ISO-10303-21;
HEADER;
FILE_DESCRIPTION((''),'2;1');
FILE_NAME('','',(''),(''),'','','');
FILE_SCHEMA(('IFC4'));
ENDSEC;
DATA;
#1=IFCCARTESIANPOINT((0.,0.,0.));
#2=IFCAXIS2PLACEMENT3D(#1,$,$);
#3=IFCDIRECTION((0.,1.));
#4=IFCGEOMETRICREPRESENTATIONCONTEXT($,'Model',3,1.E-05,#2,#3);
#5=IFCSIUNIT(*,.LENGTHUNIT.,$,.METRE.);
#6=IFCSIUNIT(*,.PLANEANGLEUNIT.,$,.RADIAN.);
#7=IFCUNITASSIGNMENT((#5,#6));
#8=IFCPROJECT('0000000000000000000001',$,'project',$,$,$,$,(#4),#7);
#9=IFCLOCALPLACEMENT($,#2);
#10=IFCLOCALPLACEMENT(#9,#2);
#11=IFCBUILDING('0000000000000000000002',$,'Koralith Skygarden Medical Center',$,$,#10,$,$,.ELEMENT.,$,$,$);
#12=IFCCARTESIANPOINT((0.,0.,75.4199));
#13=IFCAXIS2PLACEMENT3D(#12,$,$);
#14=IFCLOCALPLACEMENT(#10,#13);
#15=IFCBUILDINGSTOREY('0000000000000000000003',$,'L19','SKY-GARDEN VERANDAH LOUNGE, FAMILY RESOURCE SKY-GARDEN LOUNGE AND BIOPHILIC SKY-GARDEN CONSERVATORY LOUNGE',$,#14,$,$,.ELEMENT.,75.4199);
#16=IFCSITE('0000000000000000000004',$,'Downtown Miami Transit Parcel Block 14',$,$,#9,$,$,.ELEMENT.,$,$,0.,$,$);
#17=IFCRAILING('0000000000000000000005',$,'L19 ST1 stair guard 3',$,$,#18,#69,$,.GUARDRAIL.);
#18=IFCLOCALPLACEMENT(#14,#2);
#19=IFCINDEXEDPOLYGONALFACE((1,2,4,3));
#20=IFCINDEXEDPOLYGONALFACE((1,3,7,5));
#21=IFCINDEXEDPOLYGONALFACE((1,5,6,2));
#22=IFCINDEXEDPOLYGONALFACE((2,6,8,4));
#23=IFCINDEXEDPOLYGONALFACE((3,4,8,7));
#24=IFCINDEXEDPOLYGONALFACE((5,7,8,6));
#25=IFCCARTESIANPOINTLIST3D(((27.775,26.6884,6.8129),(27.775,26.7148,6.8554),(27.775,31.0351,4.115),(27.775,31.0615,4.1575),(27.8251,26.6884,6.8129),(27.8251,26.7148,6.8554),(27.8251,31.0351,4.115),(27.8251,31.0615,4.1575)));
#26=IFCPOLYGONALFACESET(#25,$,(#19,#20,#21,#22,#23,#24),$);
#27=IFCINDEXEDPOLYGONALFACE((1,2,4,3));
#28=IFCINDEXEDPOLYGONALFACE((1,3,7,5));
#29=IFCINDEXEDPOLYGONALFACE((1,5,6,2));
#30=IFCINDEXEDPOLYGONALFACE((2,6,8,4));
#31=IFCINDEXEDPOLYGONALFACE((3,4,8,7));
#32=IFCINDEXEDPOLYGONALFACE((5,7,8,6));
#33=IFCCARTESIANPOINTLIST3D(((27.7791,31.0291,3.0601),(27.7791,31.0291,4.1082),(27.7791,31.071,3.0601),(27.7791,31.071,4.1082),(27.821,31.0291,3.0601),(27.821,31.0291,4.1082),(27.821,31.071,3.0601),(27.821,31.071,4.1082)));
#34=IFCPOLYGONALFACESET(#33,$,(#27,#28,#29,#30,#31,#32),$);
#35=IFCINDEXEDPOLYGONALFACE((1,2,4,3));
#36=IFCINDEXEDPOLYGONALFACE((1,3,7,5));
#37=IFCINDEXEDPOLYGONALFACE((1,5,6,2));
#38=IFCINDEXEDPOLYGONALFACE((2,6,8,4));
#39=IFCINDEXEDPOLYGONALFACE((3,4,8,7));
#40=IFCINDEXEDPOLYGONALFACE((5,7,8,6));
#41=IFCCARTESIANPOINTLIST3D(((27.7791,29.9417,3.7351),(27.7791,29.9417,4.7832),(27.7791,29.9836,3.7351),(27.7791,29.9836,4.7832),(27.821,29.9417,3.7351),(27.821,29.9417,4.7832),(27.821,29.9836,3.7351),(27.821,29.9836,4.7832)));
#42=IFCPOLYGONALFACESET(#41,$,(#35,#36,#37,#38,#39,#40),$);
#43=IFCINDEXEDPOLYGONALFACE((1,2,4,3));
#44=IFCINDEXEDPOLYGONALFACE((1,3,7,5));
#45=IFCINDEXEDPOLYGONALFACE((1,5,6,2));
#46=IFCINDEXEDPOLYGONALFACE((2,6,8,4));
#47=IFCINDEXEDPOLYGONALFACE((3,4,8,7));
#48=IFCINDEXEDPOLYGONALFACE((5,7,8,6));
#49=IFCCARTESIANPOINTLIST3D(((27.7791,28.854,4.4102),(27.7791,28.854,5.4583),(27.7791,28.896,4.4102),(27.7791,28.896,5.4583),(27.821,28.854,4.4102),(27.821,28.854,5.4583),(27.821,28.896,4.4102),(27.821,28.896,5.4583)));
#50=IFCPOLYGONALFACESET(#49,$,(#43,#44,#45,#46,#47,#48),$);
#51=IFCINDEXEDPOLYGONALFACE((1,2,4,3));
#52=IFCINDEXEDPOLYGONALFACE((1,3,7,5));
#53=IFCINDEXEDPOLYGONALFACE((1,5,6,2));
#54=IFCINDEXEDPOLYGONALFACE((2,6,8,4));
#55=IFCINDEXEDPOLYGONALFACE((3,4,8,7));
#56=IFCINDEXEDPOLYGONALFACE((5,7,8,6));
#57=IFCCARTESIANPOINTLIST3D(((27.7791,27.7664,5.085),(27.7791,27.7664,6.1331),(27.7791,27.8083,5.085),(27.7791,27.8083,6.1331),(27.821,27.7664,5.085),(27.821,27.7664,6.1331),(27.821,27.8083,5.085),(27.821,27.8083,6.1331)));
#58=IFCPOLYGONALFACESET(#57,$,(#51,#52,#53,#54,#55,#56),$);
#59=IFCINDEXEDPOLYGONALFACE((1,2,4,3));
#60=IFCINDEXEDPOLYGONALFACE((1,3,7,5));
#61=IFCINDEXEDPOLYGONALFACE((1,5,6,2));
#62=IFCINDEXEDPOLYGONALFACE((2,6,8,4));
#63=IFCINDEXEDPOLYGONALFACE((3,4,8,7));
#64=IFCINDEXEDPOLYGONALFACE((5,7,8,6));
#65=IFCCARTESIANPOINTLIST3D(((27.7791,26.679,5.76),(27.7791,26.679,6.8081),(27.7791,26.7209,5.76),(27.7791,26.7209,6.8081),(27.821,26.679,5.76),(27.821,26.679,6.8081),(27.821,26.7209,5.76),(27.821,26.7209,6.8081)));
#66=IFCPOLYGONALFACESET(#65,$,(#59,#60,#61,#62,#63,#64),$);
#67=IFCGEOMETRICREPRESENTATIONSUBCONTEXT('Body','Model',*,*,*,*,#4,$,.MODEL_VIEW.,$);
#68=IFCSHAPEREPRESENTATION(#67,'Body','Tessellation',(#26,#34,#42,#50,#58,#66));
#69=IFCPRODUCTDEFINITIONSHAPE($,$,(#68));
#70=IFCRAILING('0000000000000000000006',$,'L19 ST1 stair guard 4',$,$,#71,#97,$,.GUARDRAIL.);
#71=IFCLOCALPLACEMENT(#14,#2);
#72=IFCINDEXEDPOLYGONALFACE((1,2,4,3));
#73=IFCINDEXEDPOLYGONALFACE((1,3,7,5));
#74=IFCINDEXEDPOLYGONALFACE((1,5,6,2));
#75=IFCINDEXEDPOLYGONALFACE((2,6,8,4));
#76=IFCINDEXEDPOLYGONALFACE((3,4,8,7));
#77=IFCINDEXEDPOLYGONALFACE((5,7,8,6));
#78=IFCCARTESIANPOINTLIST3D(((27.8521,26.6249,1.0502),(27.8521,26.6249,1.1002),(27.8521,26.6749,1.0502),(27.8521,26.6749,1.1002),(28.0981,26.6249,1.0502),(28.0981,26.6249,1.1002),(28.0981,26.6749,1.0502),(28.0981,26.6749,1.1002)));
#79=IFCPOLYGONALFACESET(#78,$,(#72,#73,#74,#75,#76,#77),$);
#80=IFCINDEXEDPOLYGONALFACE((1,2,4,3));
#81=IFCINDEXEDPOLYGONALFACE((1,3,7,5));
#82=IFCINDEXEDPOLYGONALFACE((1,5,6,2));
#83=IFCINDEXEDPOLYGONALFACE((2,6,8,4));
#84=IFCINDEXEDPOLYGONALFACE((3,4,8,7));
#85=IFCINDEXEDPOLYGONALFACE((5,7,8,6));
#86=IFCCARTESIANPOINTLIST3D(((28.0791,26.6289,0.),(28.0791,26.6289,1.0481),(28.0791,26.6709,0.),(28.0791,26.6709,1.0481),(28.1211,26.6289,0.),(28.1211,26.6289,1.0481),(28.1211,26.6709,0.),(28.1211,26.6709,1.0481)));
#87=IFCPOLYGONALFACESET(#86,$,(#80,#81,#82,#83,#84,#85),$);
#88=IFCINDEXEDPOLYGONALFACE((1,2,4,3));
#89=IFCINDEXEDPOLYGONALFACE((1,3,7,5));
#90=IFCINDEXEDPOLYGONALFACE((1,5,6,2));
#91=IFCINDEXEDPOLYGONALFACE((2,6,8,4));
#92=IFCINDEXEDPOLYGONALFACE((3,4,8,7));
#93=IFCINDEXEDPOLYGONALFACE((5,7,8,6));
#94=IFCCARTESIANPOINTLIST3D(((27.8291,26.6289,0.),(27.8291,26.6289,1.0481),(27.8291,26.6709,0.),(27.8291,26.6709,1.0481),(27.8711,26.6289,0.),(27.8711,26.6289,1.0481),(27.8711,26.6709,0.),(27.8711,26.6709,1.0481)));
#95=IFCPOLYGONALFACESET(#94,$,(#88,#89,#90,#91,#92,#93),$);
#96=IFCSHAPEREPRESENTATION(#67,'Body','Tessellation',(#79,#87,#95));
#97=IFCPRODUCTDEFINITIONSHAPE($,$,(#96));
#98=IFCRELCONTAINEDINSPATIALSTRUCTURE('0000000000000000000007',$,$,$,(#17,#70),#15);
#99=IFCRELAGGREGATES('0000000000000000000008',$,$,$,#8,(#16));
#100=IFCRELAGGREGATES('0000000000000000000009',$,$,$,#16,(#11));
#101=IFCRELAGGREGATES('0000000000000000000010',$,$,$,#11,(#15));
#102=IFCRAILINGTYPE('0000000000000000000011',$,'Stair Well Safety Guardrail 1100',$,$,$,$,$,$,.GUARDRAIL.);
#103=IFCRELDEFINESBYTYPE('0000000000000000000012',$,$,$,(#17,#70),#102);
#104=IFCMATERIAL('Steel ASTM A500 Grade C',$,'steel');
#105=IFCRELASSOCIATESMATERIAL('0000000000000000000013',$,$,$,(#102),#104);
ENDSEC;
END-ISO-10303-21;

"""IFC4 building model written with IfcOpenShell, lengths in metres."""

from ifc_helpers import new_model, si_unit, direction, frame, origin, origin_2d, place, context, subcontext, project, spatial, rectangle, extrude, material, type_object, element, save


model = new_model("IFC4")

# Units and contexts
model_context = context("Model", 3, precision=1e-05, world=origin(), true_north=direction((0.0, 1.0)))
body_context = subcontext(model_context, "Body", "Model", "MODEL_VIEW")
ifc_project = project(units=[si_unit("LENGTHUNIT", "METRE"), si_unit("PLANEANGLEUNIT", "RADIAN")], contexts=[model_context])

# Site, building, storey
site_placement = place(None, origin())
site = spatial("IfcSite", under=ifc_project, at=site_placement, Name="Downtown Miami Transit Parcel Block 14", CompositionType="ELEMENT", RefElevation=0.0)
building_placement = place(site_placement, origin())
building = spatial("IfcBuilding", under=site, at=building_placement, Name="Koralith Skygarden Medical Center", CompositionType="ELEMENT")
storey_placement = place(building_placement, frame((0.0, 0.0, 75.4199)))
storey = spatial("IfcBuildingStorey", under=building, at=storey_placement, Name="L19", Description="SKY-GARDEN VERANDAH LOUNGE, FAMILY RESOURCE SKY-GARDEN LOUNGE AND BIOPHILIC SKY-GARDEN CONSERVATORY LOUNGE", CompositionType="ELEMENT", Elevation=75.4199)

# Shared definitions
ifc_material_1 = material(Name="Steel ASTM A500 Grade C", Category="steel")

# Railings
railing_type_1 = type_object("IfcRailingType", Name="Stair Well Safety Guardrail 1100", PredefinedType="GUARDRAIL", material=ifc_material_1)
railing_1_placement = place(storey_placement, frame((27.8, 31.05, 3.0601)))
element("IfcRailing", 1, at=railing_1_placement, inside=storey, type_object=railing_type_1, Name="L19 ST1 stair guard 3", PredefinedType="GUARDRAIL", context=body_context, shape_type="SweptSolid", body=[
    extrude(rectangle(XDim=0.05, YDim=0.05, at=origin_2d()), frame((0.0, -0.0017, 1.0762), z_axis=(0.0, -0.84965, 0.527347), x_axis=(1.0, 0.0, 0.0)), (0.0, 0.0, 1.0), 5.116),
    extrude(rectangle(XDim=0.042, YDim=0.042, at=origin_2d()), origin(), (0.0, 0.0, 1.0), 1.0481),
    extrude(rectangle(XDim=0.042, YDim=0.042, at=origin_2d()), frame((0.0, -1.0874, 0.675)), (0.0, 0.0, 1.0), 1.0481),
    extrude(rectangle(XDim=0.042, YDim=0.042, at=origin_2d()), frame((0.0, -2.175, 1.3501)), (0.0, 0.0, 1.0), 1.0481),
    extrude(rectangle(XDim=0.042, YDim=0.042, at=origin_2d()), frame((0.0, -3.2627, 2.0249)), (0.0, 0.0, 1.0), 1.0481),
    extrude(rectangle(XDim=0.042, YDim=0.042, at=origin_2d()), frame((0.0, -4.3501, 2.7)), (0.0, 0.0, 1.0), 1.0481),
])
railing_2_placement = place(storey_placement, frame((28.1001, 26.6499, 0.0)))
element("IfcRailing", 2, at=railing_2_placement, inside=storey, type_object=railing_type_1, Name="L19 ST1 stair guard 4", PredefinedType="GUARDRAIL", context=body_context, shape_type="SweptSolid", body=[
    extrude(rectangle(XDim=0.05, YDim=0.05, at=origin_2d()), frame((-0.002, 0.0, 1.0752), z_axis=(-1.0, 0.0, 0.0), x_axis=(0.0, -1.0, 0.0)), (0.0, 0.0, 1.0), 0.2461),
    extrude(rectangle(XDim=0.042, YDim=0.042, at=origin_2d()), origin(), (0.0, 0.0, 1.0), 1.0481),
    extrude(rectangle(XDim=0.042, YDim=0.042, at=origin_2d()), frame((-0.25, 0.0, 0.0)), (0.0, 0.0, 1.0), 1.0481),
])

save(model, "model.ifc")
